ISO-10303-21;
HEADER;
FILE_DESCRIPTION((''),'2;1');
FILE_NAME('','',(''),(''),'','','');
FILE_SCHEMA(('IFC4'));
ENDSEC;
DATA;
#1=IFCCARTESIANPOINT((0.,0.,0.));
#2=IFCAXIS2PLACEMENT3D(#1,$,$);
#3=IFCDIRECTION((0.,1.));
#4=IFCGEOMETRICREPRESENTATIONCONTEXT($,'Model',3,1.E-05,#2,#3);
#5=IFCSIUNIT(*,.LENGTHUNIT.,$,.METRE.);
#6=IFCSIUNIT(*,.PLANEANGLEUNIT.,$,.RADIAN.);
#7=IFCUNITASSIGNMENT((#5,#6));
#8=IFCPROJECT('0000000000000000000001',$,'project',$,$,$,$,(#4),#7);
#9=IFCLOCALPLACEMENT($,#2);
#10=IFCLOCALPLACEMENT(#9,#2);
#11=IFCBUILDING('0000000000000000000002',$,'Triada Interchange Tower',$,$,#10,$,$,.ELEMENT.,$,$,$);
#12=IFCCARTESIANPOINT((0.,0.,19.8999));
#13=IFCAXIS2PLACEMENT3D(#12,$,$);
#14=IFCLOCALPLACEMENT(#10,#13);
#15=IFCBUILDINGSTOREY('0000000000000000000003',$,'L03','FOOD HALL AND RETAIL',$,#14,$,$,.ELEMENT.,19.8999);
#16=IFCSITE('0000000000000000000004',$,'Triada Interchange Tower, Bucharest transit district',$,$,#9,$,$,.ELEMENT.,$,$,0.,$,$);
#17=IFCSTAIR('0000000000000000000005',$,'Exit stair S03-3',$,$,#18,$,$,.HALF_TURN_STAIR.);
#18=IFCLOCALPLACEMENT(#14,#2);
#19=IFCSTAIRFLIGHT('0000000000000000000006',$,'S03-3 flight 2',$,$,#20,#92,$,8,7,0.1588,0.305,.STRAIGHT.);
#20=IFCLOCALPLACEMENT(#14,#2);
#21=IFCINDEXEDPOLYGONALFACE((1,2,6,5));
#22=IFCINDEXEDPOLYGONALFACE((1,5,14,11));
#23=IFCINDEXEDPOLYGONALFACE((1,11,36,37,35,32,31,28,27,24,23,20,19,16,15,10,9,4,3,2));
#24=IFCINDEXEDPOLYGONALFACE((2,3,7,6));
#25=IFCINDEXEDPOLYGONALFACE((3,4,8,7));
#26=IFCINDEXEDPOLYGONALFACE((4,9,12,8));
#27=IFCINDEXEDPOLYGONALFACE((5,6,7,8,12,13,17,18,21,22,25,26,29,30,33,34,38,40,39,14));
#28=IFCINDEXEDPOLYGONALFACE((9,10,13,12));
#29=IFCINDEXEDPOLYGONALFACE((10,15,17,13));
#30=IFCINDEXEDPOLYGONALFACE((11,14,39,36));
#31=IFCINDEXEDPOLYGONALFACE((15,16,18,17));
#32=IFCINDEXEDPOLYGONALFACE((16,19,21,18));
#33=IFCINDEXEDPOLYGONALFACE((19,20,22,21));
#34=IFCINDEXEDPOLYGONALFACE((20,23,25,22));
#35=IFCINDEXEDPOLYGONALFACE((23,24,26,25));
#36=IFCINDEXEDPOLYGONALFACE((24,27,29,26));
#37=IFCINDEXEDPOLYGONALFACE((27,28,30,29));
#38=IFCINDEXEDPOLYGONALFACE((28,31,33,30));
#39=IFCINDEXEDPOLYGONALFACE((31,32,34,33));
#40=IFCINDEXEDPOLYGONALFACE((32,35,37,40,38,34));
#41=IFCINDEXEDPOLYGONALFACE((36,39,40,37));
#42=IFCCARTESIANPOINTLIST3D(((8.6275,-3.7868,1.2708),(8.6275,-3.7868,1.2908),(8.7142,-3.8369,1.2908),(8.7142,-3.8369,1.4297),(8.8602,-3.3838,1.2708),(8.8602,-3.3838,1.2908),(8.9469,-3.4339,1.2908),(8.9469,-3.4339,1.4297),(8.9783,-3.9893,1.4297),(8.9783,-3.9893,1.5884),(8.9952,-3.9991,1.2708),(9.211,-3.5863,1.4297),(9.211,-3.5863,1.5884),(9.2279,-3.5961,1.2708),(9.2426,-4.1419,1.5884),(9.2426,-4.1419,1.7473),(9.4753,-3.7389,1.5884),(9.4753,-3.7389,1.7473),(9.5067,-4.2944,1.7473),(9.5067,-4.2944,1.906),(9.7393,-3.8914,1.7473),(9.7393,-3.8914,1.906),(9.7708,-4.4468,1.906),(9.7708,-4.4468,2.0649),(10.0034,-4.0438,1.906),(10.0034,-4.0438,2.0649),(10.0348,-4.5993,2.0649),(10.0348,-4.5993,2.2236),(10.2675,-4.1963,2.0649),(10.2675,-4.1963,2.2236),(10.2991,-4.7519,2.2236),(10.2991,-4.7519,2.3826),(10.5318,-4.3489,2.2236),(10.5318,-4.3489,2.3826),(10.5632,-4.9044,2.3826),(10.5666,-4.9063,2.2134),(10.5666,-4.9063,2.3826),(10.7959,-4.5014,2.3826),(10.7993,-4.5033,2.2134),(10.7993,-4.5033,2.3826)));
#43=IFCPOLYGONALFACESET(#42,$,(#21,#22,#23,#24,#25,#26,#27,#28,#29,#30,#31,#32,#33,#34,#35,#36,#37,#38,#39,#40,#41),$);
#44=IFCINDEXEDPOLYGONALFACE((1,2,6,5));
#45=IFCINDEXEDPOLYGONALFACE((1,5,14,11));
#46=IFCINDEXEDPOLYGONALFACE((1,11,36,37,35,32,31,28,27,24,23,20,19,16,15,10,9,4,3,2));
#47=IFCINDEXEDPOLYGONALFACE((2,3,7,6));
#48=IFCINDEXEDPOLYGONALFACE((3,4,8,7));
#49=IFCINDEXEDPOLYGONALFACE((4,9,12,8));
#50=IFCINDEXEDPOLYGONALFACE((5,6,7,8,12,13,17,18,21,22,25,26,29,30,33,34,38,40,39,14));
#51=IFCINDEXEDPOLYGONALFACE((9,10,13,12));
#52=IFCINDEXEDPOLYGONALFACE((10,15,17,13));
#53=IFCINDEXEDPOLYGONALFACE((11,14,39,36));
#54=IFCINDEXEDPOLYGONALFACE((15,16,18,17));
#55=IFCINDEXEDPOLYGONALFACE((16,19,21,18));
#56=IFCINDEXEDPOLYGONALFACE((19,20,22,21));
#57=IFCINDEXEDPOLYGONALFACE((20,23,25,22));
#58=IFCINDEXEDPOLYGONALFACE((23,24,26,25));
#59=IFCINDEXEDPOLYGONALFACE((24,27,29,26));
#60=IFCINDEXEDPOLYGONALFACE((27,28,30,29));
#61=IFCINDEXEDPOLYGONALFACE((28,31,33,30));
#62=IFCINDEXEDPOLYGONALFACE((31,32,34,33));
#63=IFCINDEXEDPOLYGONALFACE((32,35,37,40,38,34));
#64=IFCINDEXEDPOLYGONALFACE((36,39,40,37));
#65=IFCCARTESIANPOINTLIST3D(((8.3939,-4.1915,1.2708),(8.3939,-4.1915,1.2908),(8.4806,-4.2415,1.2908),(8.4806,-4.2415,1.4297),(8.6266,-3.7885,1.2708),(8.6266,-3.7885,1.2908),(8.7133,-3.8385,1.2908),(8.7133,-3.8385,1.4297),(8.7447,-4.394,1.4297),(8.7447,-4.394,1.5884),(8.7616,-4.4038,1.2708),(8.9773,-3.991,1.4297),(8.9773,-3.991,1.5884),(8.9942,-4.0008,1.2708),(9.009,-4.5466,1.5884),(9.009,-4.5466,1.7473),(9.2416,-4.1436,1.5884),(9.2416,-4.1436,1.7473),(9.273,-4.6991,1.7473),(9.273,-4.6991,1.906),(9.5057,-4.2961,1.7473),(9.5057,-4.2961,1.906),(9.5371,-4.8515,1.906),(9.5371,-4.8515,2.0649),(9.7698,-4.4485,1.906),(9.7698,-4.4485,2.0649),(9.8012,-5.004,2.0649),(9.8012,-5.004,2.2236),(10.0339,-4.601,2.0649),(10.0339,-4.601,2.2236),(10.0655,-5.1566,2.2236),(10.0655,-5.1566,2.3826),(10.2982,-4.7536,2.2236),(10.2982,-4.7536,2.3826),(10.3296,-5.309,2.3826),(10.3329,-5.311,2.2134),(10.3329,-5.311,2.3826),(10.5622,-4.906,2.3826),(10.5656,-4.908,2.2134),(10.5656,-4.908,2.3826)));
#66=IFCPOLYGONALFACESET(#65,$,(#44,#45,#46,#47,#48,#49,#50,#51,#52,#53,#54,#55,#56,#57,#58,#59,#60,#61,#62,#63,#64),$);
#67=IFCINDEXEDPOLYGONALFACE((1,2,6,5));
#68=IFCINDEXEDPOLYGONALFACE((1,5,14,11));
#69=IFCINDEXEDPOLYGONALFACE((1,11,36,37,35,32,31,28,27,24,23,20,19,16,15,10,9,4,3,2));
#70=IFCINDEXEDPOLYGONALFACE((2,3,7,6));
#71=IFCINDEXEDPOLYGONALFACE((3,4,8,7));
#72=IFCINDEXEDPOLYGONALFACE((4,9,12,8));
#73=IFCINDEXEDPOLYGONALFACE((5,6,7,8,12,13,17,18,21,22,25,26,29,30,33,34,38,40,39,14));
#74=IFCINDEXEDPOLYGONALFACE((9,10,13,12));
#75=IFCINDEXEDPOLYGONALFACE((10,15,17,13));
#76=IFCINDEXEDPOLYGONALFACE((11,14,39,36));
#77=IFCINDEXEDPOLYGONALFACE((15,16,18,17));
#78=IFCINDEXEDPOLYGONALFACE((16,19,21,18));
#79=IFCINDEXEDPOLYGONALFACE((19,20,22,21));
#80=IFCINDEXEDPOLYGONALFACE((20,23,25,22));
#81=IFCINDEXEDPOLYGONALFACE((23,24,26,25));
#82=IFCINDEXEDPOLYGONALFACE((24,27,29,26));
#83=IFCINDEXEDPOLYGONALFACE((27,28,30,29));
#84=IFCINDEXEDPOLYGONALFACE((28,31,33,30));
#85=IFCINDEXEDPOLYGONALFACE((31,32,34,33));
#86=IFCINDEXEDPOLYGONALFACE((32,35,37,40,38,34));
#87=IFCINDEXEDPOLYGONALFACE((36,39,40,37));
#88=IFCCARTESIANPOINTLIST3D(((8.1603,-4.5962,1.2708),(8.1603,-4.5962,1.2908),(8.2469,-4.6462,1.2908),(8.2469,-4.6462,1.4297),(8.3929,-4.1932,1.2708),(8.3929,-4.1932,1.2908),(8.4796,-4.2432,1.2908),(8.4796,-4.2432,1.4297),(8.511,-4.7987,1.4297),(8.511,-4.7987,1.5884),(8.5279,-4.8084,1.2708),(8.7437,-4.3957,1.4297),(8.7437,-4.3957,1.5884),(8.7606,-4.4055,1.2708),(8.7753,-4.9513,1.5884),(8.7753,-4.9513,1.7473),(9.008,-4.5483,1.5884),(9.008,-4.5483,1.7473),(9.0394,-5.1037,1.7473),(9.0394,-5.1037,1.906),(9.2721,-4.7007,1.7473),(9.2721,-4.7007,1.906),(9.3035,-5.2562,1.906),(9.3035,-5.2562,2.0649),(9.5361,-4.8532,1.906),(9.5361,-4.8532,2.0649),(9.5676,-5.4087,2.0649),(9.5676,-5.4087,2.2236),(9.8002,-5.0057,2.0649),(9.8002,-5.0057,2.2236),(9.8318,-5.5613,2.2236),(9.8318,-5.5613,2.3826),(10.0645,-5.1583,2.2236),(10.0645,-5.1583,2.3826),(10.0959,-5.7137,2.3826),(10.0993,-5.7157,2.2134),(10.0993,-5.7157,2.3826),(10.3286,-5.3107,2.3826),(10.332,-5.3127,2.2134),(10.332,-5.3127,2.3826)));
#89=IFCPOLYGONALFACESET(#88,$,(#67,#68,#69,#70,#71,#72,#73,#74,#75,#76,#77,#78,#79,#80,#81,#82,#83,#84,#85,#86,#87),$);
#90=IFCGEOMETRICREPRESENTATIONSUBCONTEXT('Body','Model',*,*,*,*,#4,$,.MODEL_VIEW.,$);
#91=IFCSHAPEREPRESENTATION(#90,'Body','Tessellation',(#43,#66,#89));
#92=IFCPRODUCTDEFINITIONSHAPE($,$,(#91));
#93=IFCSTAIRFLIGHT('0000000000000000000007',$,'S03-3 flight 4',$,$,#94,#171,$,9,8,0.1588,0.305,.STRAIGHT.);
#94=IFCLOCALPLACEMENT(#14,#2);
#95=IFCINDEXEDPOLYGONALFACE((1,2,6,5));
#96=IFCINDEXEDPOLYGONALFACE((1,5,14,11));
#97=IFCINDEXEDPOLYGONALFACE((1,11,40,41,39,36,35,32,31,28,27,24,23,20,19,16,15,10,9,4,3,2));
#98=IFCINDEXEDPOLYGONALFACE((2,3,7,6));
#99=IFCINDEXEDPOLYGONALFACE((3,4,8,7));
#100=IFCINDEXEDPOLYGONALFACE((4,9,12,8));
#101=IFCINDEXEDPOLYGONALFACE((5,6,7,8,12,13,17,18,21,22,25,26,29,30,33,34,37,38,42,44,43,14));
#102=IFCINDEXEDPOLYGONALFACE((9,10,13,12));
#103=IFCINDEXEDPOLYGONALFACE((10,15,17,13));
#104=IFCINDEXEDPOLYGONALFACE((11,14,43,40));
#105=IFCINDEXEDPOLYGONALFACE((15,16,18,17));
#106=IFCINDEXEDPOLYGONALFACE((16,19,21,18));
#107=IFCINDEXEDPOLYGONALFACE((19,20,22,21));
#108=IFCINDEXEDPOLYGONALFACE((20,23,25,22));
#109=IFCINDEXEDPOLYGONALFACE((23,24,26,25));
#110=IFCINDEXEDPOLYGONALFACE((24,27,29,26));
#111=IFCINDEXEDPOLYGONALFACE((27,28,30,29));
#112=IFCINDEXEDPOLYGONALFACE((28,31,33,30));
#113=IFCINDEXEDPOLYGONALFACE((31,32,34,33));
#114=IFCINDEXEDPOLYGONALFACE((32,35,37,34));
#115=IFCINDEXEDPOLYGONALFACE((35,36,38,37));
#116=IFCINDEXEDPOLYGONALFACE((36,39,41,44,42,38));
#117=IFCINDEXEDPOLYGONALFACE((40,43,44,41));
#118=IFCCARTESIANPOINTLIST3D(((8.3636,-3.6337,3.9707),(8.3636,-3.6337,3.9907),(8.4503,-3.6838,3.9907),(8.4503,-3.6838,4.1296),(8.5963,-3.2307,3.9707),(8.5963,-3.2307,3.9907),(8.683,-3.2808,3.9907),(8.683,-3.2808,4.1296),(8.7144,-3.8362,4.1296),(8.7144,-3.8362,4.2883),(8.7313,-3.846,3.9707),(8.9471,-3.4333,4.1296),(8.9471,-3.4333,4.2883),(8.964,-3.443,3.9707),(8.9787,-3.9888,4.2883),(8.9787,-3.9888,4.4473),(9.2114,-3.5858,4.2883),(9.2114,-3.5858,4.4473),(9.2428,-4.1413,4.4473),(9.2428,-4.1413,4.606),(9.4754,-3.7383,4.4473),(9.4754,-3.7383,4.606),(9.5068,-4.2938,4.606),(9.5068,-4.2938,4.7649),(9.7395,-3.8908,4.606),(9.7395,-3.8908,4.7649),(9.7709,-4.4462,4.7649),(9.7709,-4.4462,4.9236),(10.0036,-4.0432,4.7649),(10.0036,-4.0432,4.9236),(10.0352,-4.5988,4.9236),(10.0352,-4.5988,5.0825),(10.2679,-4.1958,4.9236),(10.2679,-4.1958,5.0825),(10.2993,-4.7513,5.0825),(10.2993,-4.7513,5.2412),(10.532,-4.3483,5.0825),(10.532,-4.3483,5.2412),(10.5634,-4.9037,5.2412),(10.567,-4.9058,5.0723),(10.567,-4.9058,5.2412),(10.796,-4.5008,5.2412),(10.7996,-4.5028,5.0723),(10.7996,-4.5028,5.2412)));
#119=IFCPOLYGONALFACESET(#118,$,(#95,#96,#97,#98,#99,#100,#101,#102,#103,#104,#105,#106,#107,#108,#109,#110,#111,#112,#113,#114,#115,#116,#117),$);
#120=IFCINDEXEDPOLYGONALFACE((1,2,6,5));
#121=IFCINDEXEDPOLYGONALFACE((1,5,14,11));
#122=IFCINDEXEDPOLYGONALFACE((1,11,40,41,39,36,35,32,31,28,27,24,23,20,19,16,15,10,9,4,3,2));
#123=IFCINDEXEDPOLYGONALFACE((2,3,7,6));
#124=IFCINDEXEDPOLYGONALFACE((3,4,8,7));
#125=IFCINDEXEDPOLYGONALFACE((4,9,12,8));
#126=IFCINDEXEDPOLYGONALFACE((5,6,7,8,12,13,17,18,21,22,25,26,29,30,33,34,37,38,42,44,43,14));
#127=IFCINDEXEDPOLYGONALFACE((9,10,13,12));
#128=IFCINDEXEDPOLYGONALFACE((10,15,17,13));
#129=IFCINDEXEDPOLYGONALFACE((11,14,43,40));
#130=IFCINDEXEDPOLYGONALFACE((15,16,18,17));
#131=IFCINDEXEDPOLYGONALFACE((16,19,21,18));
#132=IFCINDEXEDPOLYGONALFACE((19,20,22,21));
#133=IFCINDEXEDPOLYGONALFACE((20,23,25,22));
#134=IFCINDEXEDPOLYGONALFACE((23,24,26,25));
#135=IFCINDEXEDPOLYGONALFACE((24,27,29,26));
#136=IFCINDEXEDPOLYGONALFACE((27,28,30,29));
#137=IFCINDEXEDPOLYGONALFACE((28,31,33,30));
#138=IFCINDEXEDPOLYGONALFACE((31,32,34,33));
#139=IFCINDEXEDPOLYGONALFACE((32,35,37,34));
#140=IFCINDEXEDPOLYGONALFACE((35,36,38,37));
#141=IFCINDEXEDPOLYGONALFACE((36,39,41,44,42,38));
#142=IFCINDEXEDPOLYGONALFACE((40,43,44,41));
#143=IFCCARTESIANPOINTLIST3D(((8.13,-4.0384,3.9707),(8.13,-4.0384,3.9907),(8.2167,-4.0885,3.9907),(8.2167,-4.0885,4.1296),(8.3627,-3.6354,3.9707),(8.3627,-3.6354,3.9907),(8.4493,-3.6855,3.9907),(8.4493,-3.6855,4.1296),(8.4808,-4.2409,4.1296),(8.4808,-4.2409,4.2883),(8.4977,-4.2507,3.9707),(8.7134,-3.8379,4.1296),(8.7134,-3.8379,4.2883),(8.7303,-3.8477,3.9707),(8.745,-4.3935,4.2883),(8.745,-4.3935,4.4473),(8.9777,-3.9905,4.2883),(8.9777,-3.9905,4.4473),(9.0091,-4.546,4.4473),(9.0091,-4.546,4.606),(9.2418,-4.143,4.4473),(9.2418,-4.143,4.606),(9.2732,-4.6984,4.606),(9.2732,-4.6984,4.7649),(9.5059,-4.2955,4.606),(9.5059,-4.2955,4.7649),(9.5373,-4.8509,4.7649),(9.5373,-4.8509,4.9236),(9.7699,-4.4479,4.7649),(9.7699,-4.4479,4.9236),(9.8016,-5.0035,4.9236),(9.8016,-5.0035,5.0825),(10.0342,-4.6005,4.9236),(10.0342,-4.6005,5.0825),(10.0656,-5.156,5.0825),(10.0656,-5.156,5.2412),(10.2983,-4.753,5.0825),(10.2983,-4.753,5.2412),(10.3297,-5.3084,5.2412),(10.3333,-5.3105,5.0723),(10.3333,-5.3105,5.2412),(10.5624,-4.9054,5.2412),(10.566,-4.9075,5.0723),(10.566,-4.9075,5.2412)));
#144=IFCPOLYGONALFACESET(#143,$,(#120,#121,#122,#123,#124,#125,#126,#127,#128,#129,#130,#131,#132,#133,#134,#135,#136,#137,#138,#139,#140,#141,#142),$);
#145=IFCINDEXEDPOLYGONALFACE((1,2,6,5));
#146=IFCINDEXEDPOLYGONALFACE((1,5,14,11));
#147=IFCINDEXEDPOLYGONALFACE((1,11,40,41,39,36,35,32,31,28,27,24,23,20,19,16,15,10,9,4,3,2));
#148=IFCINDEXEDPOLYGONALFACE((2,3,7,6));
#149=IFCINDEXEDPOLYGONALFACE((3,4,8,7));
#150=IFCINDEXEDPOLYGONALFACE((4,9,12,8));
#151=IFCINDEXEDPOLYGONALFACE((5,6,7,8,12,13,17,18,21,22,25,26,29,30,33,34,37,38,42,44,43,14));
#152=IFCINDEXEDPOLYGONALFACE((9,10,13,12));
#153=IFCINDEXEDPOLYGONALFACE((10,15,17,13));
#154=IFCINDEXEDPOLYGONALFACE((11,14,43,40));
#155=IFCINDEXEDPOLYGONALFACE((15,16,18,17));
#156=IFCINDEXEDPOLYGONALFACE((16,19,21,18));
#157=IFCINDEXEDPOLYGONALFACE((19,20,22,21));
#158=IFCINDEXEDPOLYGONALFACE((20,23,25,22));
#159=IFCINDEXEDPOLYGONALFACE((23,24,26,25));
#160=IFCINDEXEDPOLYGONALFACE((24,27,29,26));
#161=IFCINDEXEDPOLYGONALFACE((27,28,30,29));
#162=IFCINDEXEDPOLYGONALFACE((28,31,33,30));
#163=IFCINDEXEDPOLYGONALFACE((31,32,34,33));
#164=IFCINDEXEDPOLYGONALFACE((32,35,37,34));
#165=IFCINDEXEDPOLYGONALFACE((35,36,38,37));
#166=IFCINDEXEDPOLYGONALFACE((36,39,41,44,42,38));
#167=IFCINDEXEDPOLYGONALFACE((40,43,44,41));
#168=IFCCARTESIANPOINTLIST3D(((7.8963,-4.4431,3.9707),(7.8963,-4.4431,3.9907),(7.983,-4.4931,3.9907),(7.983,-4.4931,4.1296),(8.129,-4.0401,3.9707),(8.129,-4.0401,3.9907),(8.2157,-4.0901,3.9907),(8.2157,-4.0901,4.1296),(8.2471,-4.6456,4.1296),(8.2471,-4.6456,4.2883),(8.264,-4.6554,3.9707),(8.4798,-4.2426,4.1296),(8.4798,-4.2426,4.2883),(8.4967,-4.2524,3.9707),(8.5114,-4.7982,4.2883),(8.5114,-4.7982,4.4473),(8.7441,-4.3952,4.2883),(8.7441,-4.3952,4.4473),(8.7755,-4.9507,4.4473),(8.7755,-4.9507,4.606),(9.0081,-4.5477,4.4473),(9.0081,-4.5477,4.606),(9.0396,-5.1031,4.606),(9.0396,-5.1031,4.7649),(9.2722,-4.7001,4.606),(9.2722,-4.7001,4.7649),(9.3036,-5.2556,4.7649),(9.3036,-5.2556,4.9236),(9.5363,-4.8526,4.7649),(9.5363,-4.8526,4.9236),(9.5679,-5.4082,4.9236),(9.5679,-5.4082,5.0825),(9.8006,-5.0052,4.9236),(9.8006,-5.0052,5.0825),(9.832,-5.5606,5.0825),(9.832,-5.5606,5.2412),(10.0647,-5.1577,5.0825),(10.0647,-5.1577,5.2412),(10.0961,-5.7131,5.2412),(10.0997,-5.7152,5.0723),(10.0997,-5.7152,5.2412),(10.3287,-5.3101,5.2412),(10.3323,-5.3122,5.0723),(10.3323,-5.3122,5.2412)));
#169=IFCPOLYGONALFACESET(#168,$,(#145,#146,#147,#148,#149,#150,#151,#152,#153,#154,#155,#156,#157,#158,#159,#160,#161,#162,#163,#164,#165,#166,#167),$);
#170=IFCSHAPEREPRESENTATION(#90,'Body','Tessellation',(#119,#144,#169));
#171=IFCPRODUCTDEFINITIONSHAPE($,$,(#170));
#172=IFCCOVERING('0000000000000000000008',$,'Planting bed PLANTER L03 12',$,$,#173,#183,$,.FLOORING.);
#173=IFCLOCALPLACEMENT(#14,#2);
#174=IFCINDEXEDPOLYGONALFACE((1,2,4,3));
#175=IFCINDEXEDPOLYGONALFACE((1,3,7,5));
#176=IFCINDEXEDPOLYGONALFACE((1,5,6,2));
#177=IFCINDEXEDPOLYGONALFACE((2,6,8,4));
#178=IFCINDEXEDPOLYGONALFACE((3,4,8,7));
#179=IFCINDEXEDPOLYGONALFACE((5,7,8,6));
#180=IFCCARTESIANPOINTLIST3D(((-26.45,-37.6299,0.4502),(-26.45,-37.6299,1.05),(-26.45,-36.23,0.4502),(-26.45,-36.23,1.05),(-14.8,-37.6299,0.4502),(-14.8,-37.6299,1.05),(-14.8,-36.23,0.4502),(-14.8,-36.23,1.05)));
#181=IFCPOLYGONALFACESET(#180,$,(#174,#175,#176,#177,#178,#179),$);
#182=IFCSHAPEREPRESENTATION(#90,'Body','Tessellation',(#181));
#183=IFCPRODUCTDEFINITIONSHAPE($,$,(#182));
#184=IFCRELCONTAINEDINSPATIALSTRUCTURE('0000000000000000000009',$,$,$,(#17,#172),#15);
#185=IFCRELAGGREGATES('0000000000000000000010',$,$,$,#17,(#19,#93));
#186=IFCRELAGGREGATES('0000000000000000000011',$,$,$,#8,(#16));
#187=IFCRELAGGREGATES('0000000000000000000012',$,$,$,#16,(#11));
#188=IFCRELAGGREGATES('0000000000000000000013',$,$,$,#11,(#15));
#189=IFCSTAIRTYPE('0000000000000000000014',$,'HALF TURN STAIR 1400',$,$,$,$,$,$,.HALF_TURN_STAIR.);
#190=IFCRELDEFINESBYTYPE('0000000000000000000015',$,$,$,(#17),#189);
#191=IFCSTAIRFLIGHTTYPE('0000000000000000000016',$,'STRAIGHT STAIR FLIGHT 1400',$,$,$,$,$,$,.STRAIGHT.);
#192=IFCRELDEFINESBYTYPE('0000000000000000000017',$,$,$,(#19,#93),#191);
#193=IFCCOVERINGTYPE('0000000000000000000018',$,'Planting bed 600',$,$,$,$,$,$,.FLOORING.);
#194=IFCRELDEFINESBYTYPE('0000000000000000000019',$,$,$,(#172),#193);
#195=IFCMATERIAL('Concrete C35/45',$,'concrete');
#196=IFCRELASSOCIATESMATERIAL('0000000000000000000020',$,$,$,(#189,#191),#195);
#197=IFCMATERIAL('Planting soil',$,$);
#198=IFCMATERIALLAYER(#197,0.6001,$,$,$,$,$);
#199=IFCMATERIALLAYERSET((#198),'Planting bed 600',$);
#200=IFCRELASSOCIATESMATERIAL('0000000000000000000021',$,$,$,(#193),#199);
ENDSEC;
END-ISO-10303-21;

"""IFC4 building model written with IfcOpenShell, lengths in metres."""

from ifc_helpers import new_model, si_unit, direction, frame, origin, place, context, subcontext, project, spatial, polyline, outline, extrude, material, layer, layer_set, type_object, element, aggregate, save


model = new_model("IFC4")

# Units and contexts
model_context = context("Model", 3, precision=1e-05, world=origin(), true_north=direction((0.0, 1.0)))
body_context = subcontext(model_context, "Body", "Model", "MODEL_VIEW")
ifc_project = project(units=[si_unit("LENGTHUNIT", "METRE"), si_unit("PLANEANGLEUNIT", "RADIAN")], contexts=[model_context])

# Site, building, storey
site_placement = place(None, origin())
site = spatial("IfcSite", under=ifc_project, at=site_placement, Name="Triada Interchange Tower, Bucharest transit district", CompositionType="ELEMENT", RefElevation=0.0)
building_placement = place(site_placement, origin())
building = spatial("IfcBuilding", under=site, at=building_placement, Name="Triada Interchange Tower", CompositionType="ELEMENT")
storey_placement = place(building_placement, frame((0.0, 0.0, 19.8999)))
storey = spatial("IfcBuildingStorey", under=building, at=storey_placement, Name="L03", Description="FOOD HALL AND RETAIL", CompositionType="ELEMENT", Elevation=19.8999)

# Shared definitions
ifc_material_1 = material(Name="Concrete C35/45", Category="concrete")
stair_type = type_object("IfcStairType", Name="HALF TURN STAIR 1400", PredefinedType="HALF_TURN_STAIR", material=ifc_material_1)

# Stair, stair flights
stair_1_placement = place(storey_placement, origin())
stair_1 = element("IfcStair", 1, at=stair_1_placement, inside=storey, type_object=stair_type, Name="Exit stair S03-3", PredefinedType="HALF_TURN_STAIR")
stair_flight_type = type_object("IfcStairFlightType", Name="STRAIGHT STAIR FLIGHT 1400", PredefinedType="STRAIGHT", material=ifc_material_1)
stair_flight_1_placement = place(storey_placement, frame((8.5969, -4.04, 1.2708), z_axis=(0.0, 0.0, 1.0), x_axis=(0.866025, -0.5, 0.0)))
stair_flight_1 = element("IfcStairFlight", 2, at=stair_flight_1_placement, type_object=stair_flight_type, Name="S03-3 flight 2", NumberOfRisers=8, NumberOfTreads=7, PredefinedType="STRAIGHT", RiserHeight=0.1588, TreadLength=0.305, context=body_context, shape_type="SweptSolid", body=[
    extrude(outline(polyline([(-0.1001, 0.0), (-0.1001, 0.02), (0.0, 0.02), (0.0, 0.1589), (0.3049, 0.1589), (0.3049, 0.3176), (0.6101, 0.3176), (0.6101, 0.4766), (0.915, 0.4766), (0.915, 0.6353), (1.22, 0.6353), (1.22, 0.7942), (1.5249, 0.7942), (1.5249, 0.9529), (1.8301, 0.9529), (1.8301, 1.1118), (2.135, 1.1118), (2.1389, 1.1118), (2.1389, 1.2705), (2.1389, 0.9426), (0.3245, 0.0), (-0.1001, 0.0)])), frame((0.0, 0.7, 0.0), z_axis=(0.0, -1.0, 0.0), x_axis=(1.0, 0.0, 0.0)), (0.0, 0.0, 1.0), 0.4653),
    extrude(outline(polyline([(-0.1001, 0.0), (-0.1001, 0.02), (0.0, 0.02), (0.0, 0.1589), (0.3049, 0.1589), (0.3049, 0.3176), (0.6101, 0.3176), (0.6101, 0.4766), (0.915, 0.4766), (0.915, 0.6353), (1.22, 0.6353), (1.22, 0.7942), (1.5249, 0.7942), (1.5249, 0.9529), (1.8301, 0.9529), (1.8301, 1.1118), (2.135, 1.1118), (2.1389, 1.1118), (2.1389, 1.2705), (2.1389, 0.9426), (0.3245, 0.0), (-0.1001, 0.0)])), frame((0.0, 0.2327, 0.0), z_axis=(0.0, -1.0, 0.0), x_axis=(1.0, 0.0, 0.0)), (0.0, 0.0, 1.0), 0.4653),
    extrude(outline(polyline([(-0.1001, 0.0), (-0.1001, 0.02), (0.0, 0.02), (0.0, 0.1589), (0.3049, 0.1589), (0.3049, 0.3176), (0.6101, 0.3176), (0.6101, 0.4766), (0.915, 0.4766), (0.915, 0.6353), (1.22, 0.6353), (1.22, 0.7942), (1.5249, 0.7942), (1.5249, 0.9529), (1.8301, 0.9529), (1.8301, 1.1118), (2.135, 1.1118), (2.1389, 1.1118), (2.1389, 1.2705), (2.1389, 0.9426), (0.3245, 0.0), (-0.1001, 0.0)])), frame((0.0, -0.2346, 0.0), z_axis=(0.0, -1.0, 0.0), x_axis=(1.0, 0.0, 0.0)), (0.0, 0.0, 1.0), 0.4653),
])
stair_flight_2_placement = place(storey_placement, frame((8.333, -3.887, 3.9707), z_axis=(0.0, 0.0, 1.0), x_axis=(0.866025, -0.5, 0.0)))
stair_flight_2 = element("IfcStairFlight", 3, at=stair_flight_2_placement, type_object=stair_flight_type, Name="S03-3 flight 4", NumberOfRisers=9, NumberOfTreads=8, PredefinedType="STRAIGHT", RiserHeight=0.1588, TreadLength=0.305, context=body_context, shape_type="SweptSolid", body=[
    extrude(outline(polyline([(-0.1001, 0.0), (-0.1001, 0.02), (0.0, 0.02), (0.0, 0.1589), (0.3049, 0.1589), (0.3049, 0.3176), (0.6101, 0.3176), (0.6101, 0.4766), (0.915, 0.4766), (0.915, 0.6353), (1.22, 0.6353), (1.22, 0.7942), (1.5249, 0.7942), (1.5249, 0.9529), (1.8301, 0.9529), (1.8301, 1.1118), (2.135, 1.1118), (2.135, 1.2705), (2.4399, 1.2705), (2.4441, 1.2705), (2.4441, 1.4294), (2.4441, 1.1016), (0.3245, 0.0), (-0.1001, 0.0)])), frame((0.0, 0.7, 0.0), z_axis=(0.0, -1.0, 0.0), x_axis=(1.0, 0.0, 0.0)), (0.0, 0.0, 1.0), 0.4653),
    extrude(outline(polyline([(-0.1001, 0.0), (-0.1001, 0.02), (0.0, 0.02), (0.0, 0.1589), (0.3049, 0.1589), (0.3049, 0.3176), (0.6101, 0.3176), (0.6101, 0.4766), (0.915, 0.4766), (0.915, 0.6353), (1.22, 0.6353), (1.22, 0.7942), (1.5249, 0.7942), (1.5249, 0.9529), (1.8301, 0.9529), (1.8301, 1.1118), (2.135, 1.1118), (2.135, 1.2705), (2.4399, 1.2705), (2.4441, 1.2705), (2.4441, 1.4294), (2.4441, 1.1016), (0.3245, 0.0), (-0.1001, 0.0)])), frame((0.0, 0.2327, 0.0), z_axis=(0.0, -1.0, 0.0), x_axis=(1.0, 0.0, 0.0)), (0.0, 0.0, 1.0), 0.4653),
    extrude(outline(polyline([(-0.1001, 0.0), (-0.1001, 0.02), (0.0, 0.02), (0.0, 0.1589), (0.3049, 0.1589), (0.3049, 0.3176), (0.6101, 0.3176), (0.6101, 0.4766), (0.915, 0.4766), (0.915, 0.6353), (1.22, 0.6353), (1.22, 0.7942), (1.5249, 0.7942), (1.5249, 0.9529), (1.8301, 0.9529), (1.8301, 1.1118), (2.135, 1.1118), (2.135, 1.2705), (2.4399, 1.2705), (2.4441, 1.2705), (2.4441, 1.4294), (2.4441, 1.1016), (0.3245, 0.0), (-0.1001, 0.0)])), frame((0.0, -0.2346, 0.0), z_axis=(0.0, -1.0, 0.0), x_axis=(1.0, 0.0, 0.0)), (0.0, 0.0, 1.0), 0.4653),
])

# Covering
ifc_material_2 = material(Name="Planting soil")
ifc_layer_1 = layer(ifc_material_2, 0.6001)
ifc_layer_set_1 = layer_set([ifc_layer_1], Name="Planting bed 600")
covering_type = type_object("IfcCoveringType", Name="Planting bed 600", PredefinedType="FLOORING", material=ifc_layer_set_1)
covering_1_placement = place(storey_placement, frame((0.0, 0.0, 0.4502)))
element("IfcCovering", 4, at=covering_1_placement, inside=storey, type_object=covering_type, Name="Planting bed PLANTER L03 12", PredefinedType="FLOORING", context=body_context, shape_type="SweptSolid", body=[
    extrude(outline(polyline([(-26.45, -37.6299), (-14.8, -37.6299), (-14.8, -36.23), (-26.45, -36.23), (-26.45, -37.6299)])), origin(), (0.0, 0.0, 1.0), 0.5999),
])

aggregate(stair_1, [stair_flight_1, stair_flight_2])

save(model, "model.ifc")
